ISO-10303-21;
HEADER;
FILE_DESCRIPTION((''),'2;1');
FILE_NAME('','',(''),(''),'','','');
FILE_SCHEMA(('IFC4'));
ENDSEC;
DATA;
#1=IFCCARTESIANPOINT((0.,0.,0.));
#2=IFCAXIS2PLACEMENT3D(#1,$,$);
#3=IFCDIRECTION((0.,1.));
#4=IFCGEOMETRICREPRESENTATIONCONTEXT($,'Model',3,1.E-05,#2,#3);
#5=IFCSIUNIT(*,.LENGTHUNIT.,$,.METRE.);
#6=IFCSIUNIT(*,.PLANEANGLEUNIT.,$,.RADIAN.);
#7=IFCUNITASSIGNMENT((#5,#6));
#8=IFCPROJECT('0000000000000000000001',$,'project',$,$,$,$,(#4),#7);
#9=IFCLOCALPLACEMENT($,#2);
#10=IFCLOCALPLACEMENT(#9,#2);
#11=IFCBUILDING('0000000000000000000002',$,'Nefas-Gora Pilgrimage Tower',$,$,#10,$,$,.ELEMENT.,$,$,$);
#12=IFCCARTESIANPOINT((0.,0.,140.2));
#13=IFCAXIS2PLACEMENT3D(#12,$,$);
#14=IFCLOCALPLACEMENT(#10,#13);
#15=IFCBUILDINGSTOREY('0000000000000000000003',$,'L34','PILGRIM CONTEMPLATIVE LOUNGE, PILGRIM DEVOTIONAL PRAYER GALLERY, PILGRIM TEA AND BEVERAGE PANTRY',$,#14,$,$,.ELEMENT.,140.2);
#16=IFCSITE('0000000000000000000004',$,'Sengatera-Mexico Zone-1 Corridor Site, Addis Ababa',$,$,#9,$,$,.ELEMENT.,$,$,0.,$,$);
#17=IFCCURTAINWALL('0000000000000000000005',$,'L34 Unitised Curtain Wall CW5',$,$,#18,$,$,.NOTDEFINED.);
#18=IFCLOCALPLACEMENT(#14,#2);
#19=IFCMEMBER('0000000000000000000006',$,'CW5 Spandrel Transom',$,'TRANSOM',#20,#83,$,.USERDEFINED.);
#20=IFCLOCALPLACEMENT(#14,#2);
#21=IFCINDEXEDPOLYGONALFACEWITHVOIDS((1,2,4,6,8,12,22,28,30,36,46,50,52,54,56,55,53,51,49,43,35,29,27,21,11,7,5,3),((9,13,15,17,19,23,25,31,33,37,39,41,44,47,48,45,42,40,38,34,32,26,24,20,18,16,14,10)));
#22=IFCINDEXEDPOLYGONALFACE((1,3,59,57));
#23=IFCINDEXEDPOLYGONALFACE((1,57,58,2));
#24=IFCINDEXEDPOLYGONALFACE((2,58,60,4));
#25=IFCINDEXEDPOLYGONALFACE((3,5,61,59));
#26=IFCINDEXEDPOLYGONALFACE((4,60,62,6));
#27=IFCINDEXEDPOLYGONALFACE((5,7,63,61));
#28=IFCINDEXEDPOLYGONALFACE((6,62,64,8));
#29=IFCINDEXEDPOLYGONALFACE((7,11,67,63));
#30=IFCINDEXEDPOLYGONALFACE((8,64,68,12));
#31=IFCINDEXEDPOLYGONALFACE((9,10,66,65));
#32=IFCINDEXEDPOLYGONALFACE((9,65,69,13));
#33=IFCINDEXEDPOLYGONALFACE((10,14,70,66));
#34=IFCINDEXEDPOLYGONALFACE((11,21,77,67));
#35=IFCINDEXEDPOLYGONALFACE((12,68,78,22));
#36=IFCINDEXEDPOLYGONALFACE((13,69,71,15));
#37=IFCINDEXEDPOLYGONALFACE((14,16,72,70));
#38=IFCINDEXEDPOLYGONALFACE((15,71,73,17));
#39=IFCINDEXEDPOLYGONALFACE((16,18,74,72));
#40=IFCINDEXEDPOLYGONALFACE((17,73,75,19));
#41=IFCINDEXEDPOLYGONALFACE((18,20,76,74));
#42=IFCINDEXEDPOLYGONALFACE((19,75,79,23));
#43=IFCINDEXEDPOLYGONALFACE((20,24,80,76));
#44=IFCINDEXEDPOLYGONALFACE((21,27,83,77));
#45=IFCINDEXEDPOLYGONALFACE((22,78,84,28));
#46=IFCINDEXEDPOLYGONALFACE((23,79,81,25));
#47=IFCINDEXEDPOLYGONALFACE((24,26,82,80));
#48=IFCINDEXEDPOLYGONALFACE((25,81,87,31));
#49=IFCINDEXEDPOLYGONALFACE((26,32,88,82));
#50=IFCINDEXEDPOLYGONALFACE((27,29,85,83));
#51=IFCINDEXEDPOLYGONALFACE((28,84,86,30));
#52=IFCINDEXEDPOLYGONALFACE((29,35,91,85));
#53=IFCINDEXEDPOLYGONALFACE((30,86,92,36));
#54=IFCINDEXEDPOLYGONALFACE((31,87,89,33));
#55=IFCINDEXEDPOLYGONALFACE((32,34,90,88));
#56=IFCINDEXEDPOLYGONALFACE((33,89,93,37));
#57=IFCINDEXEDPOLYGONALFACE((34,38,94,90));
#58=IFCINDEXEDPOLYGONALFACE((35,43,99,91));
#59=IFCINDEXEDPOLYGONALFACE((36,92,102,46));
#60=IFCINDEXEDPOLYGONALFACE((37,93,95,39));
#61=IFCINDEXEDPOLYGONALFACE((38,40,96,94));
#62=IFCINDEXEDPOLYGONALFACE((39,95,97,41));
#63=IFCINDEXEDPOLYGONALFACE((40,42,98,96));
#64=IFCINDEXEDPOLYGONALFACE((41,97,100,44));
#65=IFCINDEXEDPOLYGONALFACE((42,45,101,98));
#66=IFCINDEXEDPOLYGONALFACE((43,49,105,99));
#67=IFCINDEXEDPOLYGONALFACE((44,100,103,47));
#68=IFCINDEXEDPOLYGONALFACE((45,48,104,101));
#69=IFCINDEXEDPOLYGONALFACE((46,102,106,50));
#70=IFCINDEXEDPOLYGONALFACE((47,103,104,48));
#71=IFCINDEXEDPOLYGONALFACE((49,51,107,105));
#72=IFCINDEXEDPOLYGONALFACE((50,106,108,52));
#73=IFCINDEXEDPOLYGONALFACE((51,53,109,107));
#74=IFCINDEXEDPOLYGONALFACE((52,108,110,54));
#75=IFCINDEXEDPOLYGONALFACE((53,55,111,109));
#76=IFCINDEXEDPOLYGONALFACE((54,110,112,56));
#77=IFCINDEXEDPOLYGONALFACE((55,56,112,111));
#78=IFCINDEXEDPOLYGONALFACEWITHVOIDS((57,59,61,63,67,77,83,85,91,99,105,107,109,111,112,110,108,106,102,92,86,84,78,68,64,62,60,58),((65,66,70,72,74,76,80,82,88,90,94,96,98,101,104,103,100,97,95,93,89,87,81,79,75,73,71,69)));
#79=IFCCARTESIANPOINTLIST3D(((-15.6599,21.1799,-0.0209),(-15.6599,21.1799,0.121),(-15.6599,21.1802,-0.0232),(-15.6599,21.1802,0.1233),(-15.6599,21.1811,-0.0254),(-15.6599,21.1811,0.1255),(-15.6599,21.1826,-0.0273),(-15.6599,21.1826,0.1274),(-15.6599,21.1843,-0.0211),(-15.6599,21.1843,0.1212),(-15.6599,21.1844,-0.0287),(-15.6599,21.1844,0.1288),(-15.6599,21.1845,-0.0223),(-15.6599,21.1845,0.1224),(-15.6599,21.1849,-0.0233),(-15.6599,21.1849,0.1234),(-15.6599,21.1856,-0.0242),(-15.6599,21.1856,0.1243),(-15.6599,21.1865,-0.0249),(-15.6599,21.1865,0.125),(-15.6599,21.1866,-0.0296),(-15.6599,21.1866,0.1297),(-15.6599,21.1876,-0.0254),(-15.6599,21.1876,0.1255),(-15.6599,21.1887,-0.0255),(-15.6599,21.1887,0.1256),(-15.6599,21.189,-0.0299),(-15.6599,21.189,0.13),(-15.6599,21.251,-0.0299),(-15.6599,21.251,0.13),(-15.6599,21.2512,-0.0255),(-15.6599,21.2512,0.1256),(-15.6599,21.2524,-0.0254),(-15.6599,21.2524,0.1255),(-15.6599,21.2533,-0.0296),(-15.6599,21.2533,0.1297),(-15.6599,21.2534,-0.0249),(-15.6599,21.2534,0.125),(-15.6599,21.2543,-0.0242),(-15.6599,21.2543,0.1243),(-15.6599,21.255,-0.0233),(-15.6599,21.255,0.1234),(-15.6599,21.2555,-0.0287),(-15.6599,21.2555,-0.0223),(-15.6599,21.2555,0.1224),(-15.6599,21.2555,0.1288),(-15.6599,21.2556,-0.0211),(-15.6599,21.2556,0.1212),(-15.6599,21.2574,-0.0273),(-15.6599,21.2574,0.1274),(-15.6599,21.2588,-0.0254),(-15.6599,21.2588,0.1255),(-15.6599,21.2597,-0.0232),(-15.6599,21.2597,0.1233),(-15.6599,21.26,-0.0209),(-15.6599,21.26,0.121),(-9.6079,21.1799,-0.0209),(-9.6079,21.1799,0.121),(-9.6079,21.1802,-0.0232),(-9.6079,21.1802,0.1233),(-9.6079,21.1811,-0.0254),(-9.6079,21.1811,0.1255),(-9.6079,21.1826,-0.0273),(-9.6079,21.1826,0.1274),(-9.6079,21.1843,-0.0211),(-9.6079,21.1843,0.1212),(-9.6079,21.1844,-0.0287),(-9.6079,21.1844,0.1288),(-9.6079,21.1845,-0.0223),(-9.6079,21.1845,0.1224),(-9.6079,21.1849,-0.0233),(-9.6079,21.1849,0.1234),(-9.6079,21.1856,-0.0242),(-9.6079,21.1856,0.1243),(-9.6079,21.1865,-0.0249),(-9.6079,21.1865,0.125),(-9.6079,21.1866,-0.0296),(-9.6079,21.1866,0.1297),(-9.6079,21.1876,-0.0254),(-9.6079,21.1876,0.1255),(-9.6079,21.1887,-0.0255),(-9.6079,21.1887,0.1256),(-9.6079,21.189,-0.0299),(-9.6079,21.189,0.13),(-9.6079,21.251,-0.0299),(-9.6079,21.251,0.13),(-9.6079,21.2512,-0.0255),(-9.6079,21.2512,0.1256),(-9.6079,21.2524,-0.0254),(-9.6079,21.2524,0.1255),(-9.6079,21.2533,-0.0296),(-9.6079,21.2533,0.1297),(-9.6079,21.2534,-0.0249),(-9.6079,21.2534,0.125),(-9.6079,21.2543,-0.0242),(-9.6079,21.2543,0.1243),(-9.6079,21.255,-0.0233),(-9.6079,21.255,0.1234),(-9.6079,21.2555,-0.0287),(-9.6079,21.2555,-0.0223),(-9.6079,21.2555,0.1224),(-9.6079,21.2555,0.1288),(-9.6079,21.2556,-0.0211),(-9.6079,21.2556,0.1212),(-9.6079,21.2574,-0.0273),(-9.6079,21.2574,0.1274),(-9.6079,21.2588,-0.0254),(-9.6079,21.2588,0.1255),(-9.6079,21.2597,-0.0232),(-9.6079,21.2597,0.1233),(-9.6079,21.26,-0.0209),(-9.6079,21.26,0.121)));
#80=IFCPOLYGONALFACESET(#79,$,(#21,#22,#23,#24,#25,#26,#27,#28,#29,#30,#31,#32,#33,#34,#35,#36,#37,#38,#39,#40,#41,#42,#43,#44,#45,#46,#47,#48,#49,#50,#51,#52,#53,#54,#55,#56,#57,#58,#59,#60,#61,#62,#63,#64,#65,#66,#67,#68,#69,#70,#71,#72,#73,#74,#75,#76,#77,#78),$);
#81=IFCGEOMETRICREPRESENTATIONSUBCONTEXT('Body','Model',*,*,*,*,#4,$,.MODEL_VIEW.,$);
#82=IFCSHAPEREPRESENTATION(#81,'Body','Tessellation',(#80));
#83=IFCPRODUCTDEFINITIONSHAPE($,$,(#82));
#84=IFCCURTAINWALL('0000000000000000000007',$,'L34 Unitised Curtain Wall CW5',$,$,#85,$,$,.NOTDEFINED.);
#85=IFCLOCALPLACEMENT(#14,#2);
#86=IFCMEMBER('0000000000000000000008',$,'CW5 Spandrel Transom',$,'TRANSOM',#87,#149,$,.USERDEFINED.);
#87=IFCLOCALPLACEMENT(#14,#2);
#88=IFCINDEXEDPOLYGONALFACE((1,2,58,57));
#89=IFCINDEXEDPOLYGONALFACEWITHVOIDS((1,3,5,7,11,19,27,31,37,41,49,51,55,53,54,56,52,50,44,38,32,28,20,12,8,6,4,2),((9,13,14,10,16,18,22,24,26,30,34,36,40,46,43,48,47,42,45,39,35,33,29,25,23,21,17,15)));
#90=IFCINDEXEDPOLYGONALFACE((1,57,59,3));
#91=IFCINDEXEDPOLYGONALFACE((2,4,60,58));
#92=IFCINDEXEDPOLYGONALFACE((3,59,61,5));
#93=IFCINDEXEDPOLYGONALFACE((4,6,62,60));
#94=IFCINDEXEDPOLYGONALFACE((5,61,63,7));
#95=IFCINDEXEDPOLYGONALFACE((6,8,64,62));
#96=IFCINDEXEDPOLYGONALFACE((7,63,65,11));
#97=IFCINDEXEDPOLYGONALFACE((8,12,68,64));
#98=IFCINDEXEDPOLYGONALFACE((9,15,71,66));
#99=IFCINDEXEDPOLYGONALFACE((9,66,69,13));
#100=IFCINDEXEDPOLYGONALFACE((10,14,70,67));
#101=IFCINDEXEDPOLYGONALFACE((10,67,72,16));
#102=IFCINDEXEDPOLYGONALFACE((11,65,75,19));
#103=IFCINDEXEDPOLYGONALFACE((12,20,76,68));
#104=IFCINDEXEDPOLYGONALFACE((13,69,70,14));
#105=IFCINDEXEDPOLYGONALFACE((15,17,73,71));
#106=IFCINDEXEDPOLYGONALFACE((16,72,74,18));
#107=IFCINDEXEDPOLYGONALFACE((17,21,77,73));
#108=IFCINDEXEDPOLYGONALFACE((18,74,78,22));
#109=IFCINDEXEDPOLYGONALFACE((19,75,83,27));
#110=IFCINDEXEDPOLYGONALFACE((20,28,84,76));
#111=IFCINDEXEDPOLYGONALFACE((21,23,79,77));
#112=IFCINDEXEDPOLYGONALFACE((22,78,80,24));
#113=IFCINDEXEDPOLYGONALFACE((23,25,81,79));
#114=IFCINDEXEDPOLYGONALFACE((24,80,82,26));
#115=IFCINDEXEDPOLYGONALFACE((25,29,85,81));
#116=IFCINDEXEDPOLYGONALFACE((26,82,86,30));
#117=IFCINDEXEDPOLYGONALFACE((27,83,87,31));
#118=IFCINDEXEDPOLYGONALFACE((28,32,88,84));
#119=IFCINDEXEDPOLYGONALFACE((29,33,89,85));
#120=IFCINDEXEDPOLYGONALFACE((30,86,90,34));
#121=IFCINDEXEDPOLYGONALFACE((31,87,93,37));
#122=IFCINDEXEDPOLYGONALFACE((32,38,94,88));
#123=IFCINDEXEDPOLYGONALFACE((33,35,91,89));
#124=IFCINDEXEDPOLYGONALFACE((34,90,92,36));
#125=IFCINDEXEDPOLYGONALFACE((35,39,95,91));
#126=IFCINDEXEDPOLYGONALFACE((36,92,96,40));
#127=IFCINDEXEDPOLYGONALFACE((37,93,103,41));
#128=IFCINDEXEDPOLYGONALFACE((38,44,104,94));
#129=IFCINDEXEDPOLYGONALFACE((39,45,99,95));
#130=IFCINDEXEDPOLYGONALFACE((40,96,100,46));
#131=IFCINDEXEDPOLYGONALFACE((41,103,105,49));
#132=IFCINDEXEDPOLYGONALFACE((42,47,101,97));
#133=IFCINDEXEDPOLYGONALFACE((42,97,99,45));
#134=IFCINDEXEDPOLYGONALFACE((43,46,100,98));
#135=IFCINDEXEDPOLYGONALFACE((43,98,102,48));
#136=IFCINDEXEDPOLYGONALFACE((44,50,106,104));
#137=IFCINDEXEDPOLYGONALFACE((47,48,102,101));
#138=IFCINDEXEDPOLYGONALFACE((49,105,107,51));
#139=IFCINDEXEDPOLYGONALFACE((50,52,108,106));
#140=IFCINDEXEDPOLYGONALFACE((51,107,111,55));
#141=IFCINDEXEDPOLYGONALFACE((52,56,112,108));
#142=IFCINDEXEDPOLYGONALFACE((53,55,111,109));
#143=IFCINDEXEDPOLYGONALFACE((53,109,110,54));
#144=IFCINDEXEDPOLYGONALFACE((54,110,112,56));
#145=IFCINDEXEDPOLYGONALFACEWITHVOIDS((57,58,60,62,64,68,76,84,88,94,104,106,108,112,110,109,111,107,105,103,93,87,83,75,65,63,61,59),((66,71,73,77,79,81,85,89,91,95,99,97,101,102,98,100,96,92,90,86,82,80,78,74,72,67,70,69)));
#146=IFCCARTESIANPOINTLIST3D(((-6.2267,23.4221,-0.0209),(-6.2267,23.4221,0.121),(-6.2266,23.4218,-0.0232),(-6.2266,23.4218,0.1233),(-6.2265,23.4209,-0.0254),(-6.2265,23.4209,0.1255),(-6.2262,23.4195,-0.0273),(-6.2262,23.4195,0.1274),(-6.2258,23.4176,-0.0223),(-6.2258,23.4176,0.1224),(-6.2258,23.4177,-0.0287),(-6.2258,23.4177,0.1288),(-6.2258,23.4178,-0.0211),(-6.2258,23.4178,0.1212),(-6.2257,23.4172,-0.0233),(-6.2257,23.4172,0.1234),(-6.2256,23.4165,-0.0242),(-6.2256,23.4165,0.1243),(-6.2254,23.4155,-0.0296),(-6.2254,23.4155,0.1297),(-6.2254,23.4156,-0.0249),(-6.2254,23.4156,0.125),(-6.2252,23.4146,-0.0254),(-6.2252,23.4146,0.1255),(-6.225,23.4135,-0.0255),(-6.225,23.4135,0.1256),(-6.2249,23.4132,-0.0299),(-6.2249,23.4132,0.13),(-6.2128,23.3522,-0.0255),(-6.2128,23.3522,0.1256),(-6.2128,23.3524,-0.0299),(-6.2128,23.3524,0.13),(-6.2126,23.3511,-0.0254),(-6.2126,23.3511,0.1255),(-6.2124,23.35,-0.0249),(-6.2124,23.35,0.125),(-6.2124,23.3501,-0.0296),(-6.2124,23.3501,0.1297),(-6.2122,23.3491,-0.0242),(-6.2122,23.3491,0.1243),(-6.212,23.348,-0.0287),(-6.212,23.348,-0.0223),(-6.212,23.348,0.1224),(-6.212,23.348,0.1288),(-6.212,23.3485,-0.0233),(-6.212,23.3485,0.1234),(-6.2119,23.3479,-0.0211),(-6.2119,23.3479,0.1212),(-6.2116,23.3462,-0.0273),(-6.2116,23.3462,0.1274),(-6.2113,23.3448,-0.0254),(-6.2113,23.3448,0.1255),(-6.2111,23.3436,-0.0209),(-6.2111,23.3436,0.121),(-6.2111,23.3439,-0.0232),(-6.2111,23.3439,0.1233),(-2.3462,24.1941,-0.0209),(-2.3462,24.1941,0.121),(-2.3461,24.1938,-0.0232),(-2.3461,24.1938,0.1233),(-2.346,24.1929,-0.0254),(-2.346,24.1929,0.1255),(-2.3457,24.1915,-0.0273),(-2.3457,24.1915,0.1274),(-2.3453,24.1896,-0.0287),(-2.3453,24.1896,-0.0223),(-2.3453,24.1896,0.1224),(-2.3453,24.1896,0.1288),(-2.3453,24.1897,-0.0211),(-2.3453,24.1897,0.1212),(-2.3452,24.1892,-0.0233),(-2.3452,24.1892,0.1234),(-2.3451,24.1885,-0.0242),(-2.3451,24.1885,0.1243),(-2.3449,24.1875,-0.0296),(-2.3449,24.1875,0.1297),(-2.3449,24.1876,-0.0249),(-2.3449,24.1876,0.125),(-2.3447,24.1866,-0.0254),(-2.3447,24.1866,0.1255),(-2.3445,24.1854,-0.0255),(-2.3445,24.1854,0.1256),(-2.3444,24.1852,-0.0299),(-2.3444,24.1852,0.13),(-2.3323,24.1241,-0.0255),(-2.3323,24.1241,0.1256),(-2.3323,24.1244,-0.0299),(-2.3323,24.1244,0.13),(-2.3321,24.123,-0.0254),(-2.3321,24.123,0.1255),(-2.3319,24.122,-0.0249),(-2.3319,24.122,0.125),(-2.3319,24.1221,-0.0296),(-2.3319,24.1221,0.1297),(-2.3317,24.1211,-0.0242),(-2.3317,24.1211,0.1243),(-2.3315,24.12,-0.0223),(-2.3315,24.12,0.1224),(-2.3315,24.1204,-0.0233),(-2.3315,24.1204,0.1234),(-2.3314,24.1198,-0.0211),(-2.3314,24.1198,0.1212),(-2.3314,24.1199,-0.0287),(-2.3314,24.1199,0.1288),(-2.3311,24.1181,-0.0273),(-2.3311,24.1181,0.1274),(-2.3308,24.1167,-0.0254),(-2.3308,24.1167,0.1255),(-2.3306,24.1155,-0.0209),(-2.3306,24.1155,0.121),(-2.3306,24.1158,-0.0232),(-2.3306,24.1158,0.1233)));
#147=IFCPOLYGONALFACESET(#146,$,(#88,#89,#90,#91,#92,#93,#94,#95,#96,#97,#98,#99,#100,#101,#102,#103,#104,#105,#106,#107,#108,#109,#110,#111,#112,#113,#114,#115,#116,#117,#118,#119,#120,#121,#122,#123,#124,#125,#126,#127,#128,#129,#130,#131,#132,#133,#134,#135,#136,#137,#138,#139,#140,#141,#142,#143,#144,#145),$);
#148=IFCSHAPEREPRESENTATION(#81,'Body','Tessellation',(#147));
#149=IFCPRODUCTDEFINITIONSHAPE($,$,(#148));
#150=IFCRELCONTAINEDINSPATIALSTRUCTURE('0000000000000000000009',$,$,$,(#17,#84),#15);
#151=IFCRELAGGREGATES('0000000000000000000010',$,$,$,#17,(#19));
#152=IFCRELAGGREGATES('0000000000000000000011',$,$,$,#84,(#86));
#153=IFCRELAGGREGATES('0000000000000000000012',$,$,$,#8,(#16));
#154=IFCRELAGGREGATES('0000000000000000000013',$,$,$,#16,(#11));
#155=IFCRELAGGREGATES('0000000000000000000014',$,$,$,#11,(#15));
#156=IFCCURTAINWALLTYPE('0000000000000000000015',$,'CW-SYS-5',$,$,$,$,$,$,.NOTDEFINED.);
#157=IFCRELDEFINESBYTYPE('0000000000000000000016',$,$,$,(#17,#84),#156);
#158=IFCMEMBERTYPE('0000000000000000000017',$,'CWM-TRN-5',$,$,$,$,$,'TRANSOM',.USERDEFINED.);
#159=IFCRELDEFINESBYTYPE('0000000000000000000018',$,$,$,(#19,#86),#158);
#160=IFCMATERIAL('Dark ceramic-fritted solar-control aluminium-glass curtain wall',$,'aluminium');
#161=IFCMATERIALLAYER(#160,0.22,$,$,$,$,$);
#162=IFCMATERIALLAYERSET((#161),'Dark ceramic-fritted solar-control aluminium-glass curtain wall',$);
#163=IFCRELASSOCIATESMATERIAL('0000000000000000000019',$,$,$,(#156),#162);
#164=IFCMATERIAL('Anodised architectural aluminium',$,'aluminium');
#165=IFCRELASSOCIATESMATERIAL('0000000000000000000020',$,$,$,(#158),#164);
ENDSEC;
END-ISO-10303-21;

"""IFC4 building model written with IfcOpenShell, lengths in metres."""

from ifc_helpers import new_model, si_unit, direction, frame, origin, origin_2d, place, context, subcontext, project, spatial, hollow_rectangle, extrude, source, transform, mapped, material, layer, layer_set, material_profile, profile_set, type_object, element, aggregate, save


model = new_model("IFC4")

# Units and contexts
model_context = context("Model", 3, precision=1e-05, world=origin(), true_north=direction((0.0, 1.0)))
body_context = subcontext(model_context, "Body", "Model", "MODEL_VIEW")
ifc_project = project(units=[si_unit("LENGTHUNIT", "METRE"), si_unit("PLANEANGLEUNIT", "RADIAN")], contexts=[model_context])

# Site, building, storey
site_placement = place(None, origin())
site = spatial("IfcSite", under=ifc_project, at=site_placement, Name="Sengatera-Mexico Zone-1 Corridor Site, Addis Ababa", CompositionType="ELEMENT", RefElevation=0.0)
building_placement = place(site_placement, origin())
building = spatial("IfcBuilding", under=site, at=building_placement, Name="Nefas-Gora Pilgrimage Tower", CompositionType="ELEMENT")
storey_placement = place(building_placement, frame((0.0, 0.0, 140.2)))
storey = spatial("IfcBuildingStorey", under=building, at=storey_placement, Name="L34", Description="PILGRIM CONTEMPLATIVE LOUNGE, PILGRIM DEVOTIONAL PRAYER GALLERY, PILGRIM TEA AND BEVERAGE PANTRY", CompositionType="ELEMENT", Elevation=140.2)

# Curtain walls, members
ifc_material_1 = material(Name="Dark ceramic-fritted solar-control aluminium-glass curtain wall", Category="aluminium")
ifc_layer_1 = layer(ifc_material_1, 0.22)
ifc_layer_set_1 = layer_set([ifc_layer_1], Name="Dark ceramic-fritted solar-control aluminium-glass curtain wall")
curtain_wall_type = type_object("IfcCurtainWallType", Name="CW-SYS-5", PredefinedType="NOTDEFINED", material=ifc_layer_set_1)
curtain_wall_1_placement = place(storey_placement, origin())
curtain_wall_1 = element("IfcCurtainWall", 1, at=curtain_wall_1_placement, inside=storey, type_object=curtain_wall_type, Name="L34 Unitised Curtain Wall CW5", PredefinedType="NOTDEFINED")
ifc_material_2 = material(Name="Anodised architectural aluminium", Category="aluminium")
ifc_material_profile_1 = material_profile(ifc_material_2, hollow_rectangle(XDim=0.0801, YDim=0.1599, WallThickness=0.0044, InnerFilletRadius=0.0044, OuterFilletRadius=0.009, at=origin_2d()), Name="ALU TRANSOM 80x160")
ifc_profile_set_1 = profile_set([ifc_material_profile_1], Name="Anodised architectural aluminium")
member_type_1 = type_object("IfcMemberType", Name="CWM-TRN-5", ElementType="TRANSOM", PredefinedType="USERDEFINED", material=ifc_profile_set_1)
shared_shape_1 = source(origin(), body_context, "Body", "SweptSolid", [
    extrude(hollow_rectangle(XDim=0.0801, YDim=0.1599, WallThickness=0.0044, InnerFilletRadius=0.0044, OuterFilletRadius=0.009, at=origin_2d()), origin(), (0.0, 0.0, 1.0), 6.052),
])
member_1_placement = place(storey_placement, frame((-9.6079, 21.22, 0.05), z_axis=(-1.0, 0.0, 0.0), x_axis=(0.0, -1.0, 0.0)))
member_1 = element("IfcMember", 2, at=member_1_placement, type_object=member_type_1, Name="CW5 Spandrel Transom", ObjectType="TRANSOM", PredefinedType="USERDEFINED", context=body_context, shape_type="MappedRepresentation", body=[
    mapped(shared_shape_1, transform((0.0, 0.0, 0.0), x_axis=(1.0, 0.0, 0.0), y_axis=(0.0, 1.0, 0.0), z_axis=(0.0, 0.0, 1.0), scale=1.0)),
])
curtain_wall_2_placement = place(storey_placement, origin())
curtain_wall_2 = element("IfcCurtainWall", 3, at=curtain_wall_2_placement, inside=storey, type_object=curtain_wall_type, Name="L34 Unitised Curtain Wall CW5", PredefinedType="NOTDEFINED")
shared_shape_2 = source(origin(), body_context, "Body", "SweptSolid", [
    extrude(hollow_rectangle(XDim=0.0801, YDim=0.1599, WallThickness=0.0044, InnerFilletRadius=0.0044, OuterFilletRadius=0.009, at=origin_2d()), origin(), (0.0, 0.0, 1.0), 3.9565),
])
member_2_placement = place(storey_placement, frame((-2.3384, 24.1548, 0.05), z_axis=(-0.980782, -0.195107, 0.0), x_axis=(0.195107, -0.980782, 0.0)))
member_2 = element("IfcMember", 4, at=member_2_placement, type_object=member_type_1, Name="CW5 Spandrel Transom", ObjectType="TRANSOM", PredefinedType="USERDEFINED", context=body_context, shape_type="MappedRepresentation", body=[
    mapped(shared_shape_2, transform((0.0, 0.0, 0.0), x_axis=(1.0, 0.0, 0.0), y_axis=(0.0, 1.0, 0.0), z_axis=(0.0, 0.0, 1.0), scale=1.0)),
])

aggregate(curtain_wall_1, [member_1])

aggregate(curtain_wall_2, [member_2])

save(model, "model.ifc")
